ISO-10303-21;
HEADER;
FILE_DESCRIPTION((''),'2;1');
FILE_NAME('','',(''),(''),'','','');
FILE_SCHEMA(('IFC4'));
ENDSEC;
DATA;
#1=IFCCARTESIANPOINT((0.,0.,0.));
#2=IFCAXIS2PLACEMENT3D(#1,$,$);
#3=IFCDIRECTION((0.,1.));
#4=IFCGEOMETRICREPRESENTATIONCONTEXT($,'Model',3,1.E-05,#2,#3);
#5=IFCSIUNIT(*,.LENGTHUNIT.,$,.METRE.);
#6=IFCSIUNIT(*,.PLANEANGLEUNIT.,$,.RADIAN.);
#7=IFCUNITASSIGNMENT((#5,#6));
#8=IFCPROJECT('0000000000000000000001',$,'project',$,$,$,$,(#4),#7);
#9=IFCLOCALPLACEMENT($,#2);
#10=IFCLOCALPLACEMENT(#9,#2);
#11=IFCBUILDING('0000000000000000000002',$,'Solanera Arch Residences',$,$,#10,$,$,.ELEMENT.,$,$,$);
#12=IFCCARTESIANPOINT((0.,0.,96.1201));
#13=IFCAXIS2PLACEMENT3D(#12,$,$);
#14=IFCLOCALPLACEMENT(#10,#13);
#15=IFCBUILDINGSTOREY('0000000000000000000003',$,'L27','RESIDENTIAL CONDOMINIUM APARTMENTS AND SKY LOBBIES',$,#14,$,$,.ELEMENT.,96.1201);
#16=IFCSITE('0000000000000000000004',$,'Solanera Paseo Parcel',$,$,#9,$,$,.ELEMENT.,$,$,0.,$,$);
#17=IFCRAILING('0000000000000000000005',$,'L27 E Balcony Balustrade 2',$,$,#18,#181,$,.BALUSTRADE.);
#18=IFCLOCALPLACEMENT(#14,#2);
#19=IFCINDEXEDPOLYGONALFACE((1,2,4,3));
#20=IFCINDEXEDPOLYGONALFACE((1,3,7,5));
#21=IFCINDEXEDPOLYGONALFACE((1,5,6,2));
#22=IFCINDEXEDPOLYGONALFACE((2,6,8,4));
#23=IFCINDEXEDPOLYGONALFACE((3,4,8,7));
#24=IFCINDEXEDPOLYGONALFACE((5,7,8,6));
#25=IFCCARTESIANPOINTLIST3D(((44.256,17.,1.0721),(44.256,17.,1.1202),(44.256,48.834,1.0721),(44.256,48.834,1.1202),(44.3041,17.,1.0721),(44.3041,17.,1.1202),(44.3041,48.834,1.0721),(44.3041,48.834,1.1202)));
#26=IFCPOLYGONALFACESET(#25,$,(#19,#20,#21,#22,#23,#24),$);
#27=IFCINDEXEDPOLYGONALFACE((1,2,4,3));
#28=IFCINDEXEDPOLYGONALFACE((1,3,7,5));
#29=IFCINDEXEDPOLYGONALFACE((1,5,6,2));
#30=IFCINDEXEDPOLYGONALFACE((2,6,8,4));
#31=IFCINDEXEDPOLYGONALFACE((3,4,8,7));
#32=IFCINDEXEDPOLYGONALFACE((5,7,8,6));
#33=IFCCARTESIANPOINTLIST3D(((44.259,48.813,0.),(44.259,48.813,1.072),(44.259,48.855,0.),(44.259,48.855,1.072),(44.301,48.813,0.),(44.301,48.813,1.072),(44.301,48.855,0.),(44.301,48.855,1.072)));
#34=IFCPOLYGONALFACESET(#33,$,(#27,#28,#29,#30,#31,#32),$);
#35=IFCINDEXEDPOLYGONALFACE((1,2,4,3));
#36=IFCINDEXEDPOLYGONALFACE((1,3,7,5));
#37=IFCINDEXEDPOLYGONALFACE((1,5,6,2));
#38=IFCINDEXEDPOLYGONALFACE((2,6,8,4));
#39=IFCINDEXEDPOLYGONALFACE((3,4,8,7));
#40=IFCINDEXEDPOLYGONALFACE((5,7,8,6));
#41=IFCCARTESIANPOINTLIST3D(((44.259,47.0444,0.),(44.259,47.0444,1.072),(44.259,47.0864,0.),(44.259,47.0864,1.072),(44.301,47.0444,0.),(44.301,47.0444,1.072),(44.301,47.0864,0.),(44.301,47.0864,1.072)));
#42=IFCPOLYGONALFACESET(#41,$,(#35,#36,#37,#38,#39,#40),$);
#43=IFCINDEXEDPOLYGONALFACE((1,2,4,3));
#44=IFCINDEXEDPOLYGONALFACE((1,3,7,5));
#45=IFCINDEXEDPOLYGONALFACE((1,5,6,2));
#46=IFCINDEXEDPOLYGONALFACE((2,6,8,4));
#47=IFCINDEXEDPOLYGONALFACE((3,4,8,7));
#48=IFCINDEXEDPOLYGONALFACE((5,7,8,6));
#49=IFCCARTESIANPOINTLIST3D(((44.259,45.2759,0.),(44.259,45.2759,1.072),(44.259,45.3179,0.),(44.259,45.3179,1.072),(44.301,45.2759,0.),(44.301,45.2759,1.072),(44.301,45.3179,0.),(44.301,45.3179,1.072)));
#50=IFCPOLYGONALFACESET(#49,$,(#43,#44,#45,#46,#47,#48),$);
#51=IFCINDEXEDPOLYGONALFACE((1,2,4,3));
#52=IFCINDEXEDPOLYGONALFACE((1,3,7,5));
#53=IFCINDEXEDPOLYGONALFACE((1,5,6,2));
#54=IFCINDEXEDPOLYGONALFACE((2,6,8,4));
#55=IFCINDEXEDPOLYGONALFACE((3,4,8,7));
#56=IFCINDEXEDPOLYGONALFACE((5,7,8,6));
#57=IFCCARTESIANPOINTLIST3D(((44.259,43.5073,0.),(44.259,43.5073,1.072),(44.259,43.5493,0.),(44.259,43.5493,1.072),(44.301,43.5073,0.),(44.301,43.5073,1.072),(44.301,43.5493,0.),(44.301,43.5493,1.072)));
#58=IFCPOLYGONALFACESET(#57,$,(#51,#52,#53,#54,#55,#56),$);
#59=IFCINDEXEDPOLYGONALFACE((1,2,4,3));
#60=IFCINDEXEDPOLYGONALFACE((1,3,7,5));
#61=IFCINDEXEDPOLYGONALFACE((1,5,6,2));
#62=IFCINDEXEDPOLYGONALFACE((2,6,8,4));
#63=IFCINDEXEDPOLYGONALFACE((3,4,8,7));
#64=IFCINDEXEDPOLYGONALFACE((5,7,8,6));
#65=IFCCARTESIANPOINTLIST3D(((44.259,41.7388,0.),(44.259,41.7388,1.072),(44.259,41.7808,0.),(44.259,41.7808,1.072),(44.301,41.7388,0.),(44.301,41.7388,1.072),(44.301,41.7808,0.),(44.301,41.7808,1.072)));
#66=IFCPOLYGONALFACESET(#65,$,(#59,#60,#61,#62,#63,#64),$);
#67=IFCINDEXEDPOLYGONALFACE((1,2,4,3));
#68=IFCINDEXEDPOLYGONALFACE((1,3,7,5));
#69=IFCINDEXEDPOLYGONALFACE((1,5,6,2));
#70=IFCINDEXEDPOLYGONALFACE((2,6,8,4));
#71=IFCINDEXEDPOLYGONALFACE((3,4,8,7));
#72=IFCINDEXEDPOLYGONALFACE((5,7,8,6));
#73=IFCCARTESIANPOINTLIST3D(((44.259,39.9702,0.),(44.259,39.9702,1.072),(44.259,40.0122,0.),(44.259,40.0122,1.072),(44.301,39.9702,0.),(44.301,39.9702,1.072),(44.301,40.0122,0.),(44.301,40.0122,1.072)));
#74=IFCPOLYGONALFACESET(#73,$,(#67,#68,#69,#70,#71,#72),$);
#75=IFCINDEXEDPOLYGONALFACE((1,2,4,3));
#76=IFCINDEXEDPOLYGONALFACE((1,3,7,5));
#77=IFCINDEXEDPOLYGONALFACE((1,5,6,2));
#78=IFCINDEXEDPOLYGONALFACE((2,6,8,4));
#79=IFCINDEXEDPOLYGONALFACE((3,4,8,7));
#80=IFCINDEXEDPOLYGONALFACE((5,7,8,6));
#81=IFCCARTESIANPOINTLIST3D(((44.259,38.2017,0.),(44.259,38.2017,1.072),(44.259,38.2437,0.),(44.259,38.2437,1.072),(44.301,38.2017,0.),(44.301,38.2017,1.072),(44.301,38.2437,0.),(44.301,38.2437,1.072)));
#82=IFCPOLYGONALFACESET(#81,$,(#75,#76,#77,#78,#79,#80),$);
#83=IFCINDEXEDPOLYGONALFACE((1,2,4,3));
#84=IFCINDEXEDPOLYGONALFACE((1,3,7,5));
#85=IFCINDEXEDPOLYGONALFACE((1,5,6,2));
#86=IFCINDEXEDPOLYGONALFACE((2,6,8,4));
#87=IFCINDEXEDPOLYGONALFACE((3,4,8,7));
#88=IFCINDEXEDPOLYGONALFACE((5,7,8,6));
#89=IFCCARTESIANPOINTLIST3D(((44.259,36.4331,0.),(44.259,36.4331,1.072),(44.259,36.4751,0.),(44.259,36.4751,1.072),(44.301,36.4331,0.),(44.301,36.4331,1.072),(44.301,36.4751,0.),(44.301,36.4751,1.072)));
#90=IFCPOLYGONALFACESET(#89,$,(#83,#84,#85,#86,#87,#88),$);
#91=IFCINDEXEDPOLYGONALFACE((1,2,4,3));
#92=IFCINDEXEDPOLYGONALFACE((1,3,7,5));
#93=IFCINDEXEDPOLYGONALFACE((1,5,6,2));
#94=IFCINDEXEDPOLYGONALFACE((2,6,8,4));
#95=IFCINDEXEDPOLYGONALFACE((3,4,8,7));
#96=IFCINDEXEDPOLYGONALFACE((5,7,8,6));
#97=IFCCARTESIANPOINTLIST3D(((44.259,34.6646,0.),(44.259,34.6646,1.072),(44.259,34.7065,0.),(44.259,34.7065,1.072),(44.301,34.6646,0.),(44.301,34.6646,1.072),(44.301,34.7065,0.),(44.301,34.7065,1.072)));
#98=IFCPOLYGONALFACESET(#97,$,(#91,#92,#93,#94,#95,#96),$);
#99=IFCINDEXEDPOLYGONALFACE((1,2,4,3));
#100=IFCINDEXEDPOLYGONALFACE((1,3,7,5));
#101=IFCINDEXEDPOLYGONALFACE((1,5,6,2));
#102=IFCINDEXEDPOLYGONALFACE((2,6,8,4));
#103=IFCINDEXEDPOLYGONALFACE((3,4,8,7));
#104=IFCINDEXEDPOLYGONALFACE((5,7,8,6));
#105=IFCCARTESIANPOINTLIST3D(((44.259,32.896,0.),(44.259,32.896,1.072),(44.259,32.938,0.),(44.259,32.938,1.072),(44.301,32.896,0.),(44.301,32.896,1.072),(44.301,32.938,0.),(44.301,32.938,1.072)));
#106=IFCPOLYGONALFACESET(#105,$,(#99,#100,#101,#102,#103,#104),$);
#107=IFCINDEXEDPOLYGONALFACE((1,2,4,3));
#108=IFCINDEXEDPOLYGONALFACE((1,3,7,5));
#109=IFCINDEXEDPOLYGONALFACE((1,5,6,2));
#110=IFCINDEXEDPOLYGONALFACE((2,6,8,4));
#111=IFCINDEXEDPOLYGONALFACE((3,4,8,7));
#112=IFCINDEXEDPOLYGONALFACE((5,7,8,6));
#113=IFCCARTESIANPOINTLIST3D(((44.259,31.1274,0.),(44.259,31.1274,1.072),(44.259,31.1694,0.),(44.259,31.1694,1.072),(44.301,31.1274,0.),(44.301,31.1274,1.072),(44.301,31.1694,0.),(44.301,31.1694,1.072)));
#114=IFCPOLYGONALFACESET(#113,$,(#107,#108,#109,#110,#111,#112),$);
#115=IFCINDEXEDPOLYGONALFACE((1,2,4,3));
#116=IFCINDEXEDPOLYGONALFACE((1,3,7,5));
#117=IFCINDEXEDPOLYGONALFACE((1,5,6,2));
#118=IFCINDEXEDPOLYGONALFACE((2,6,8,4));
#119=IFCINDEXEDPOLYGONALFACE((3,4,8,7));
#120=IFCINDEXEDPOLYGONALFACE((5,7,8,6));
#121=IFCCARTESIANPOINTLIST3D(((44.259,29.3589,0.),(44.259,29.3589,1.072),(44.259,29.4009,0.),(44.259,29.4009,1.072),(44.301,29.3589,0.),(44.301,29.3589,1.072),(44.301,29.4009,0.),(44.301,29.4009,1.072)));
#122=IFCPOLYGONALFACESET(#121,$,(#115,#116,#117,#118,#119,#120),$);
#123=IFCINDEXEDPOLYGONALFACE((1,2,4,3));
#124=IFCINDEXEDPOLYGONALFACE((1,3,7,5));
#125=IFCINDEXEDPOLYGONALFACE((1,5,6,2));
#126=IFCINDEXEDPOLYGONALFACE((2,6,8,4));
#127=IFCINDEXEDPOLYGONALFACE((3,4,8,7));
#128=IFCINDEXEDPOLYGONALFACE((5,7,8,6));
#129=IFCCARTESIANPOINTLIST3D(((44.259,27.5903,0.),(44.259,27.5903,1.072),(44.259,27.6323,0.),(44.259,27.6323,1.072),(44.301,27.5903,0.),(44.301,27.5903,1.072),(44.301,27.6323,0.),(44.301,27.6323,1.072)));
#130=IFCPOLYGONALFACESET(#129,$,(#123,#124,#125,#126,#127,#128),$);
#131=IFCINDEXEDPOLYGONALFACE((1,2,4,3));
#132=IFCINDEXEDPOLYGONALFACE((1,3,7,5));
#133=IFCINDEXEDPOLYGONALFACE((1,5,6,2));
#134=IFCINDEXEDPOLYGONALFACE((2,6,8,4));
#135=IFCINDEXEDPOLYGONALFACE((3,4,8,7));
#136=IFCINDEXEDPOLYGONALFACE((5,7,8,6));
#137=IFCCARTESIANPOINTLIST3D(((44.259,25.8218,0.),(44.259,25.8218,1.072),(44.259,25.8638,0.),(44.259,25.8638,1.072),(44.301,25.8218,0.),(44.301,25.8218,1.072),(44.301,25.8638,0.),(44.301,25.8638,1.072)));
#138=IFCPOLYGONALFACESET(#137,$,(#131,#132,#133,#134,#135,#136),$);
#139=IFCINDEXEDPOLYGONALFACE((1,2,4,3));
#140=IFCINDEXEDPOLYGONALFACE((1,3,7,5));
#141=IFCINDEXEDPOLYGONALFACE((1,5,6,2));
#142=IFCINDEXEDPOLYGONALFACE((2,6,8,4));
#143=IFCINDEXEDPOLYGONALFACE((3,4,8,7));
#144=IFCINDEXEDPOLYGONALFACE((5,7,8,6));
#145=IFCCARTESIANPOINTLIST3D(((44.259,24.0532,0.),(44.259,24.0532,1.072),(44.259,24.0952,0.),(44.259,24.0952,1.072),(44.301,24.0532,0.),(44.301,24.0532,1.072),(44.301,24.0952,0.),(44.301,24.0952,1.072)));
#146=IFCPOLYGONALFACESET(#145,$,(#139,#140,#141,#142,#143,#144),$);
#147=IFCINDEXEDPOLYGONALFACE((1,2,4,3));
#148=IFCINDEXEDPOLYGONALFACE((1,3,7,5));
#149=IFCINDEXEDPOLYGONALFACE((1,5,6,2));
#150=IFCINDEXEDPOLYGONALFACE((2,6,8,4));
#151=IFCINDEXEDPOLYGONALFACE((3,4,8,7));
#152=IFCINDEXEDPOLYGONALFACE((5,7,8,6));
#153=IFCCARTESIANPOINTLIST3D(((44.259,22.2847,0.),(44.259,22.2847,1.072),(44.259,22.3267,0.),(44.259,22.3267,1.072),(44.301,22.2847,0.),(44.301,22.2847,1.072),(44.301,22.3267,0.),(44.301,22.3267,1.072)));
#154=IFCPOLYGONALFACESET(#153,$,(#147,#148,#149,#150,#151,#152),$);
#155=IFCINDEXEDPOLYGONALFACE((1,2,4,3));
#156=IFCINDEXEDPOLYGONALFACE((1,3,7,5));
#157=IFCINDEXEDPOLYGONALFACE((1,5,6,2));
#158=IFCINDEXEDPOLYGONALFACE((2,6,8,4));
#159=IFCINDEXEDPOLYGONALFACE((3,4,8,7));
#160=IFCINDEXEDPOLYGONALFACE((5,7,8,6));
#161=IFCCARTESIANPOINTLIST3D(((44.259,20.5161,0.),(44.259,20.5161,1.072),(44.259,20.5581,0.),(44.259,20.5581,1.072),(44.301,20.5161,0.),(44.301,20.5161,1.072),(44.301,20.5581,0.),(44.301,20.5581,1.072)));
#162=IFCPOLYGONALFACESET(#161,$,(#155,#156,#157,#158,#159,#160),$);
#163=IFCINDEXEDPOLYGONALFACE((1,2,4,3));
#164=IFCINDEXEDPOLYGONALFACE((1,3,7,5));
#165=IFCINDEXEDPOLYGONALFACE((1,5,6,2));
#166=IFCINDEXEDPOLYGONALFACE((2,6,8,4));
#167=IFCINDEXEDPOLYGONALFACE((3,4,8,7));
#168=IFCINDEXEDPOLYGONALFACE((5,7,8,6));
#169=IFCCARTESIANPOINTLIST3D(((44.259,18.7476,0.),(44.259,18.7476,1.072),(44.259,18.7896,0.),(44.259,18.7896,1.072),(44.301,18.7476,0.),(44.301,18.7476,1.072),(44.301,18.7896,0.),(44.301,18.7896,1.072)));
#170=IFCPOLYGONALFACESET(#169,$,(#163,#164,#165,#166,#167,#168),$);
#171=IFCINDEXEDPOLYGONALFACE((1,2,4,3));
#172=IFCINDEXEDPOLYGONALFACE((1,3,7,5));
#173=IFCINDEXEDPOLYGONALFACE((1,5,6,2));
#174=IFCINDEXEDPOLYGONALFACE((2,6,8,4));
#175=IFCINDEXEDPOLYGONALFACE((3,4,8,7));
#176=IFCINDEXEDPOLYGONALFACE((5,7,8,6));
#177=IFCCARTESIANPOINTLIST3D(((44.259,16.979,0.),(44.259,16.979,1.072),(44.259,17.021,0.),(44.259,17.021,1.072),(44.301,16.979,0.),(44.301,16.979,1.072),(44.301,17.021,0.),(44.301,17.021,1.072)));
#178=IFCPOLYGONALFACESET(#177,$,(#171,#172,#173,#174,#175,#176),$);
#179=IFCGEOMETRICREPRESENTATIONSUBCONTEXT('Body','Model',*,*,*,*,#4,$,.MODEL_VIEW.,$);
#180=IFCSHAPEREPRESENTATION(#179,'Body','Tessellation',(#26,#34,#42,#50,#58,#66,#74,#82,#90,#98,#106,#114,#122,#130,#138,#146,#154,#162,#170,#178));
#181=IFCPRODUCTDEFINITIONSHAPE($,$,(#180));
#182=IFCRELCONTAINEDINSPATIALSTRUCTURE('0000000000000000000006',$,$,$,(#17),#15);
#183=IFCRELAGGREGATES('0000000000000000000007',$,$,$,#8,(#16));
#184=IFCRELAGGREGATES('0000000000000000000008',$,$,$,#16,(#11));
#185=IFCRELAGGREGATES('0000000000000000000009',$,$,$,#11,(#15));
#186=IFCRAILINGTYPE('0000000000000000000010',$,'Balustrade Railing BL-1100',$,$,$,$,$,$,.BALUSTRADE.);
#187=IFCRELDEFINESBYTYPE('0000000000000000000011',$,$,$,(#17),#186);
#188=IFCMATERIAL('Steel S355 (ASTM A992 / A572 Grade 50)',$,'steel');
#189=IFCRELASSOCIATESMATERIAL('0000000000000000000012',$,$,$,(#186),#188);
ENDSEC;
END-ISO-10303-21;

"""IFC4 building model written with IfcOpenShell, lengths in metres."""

from ifc_helpers import new_model, si_unit, direction, frame, origin, origin_2d, place, context, subcontext, project, spatial, rectangle, extrude, material, type_object, element, save


model = new_model("IFC4")

# Units and contexts
model_context = context("Model", 3, precision=1e-05, world=origin(), true_north=direction((0.0, 1.0)))
body_context = subcontext(model_context, "Body", "Model", "MODEL_VIEW")
ifc_project = project(units=[si_unit("LENGTHUNIT", "METRE"), si_unit("PLANEANGLEUNIT", "RADIAN")], contexts=[model_context])

# Site, building, storey
site_placement = place(None, origin())
site = spatial("IfcSite", under=ifc_project, at=site_placement, Name="Solanera Paseo Parcel", CompositionType="ELEMENT", RefElevation=0.0)
building_placement = place(site_placement, origin())
building = spatial("IfcBuilding", under=site, at=building_placement, Name="Solanera Arch Residences", CompositionType="ELEMENT")
storey_placement = place(building_placement, frame((0.0, 0.0, 96.1201)))
storey = spatial("IfcBuildingStorey", under=building, at=storey_placement, Name="L27", Description="RESIDENTIAL CONDOMINIUM APARTMENTS AND SKY LOBBIES", CompositionType="ELEMENT", Elevation=96.1201)

# Railing
ifc_material_1 = material(Name="Steel S355 (ASTM A992 / A572 Grade 50)", Category="steel")
railing_type = type_object("IfcRailingType", Name="Balustrade Railing BL-1100", PredefinedType="BALUSTRADE", material=ifc_material_1)
railing_1_placement = place(storey_placement, frame((44.28, 48.834, 0.0)))
element("IfcRailing", 1, at=railing_1_placement, inside=storey, type_object=railing_type, Name="L27 E Balcony Balustrade 2", PredefinedType="BALUSTRADE", context=body_context, shape_type="SweptSolid", body=[
    extrude(rectangle(XDim=0.0481, YDim=0.0481, at=origin_2d()), frame((0.0, 0.0, 1.0962), z_axis=(0.0, -1.0, 0.0), x_axis=(1.0, 0.0, 0.0)), (0.0, 0.0, 1.0), 31.834),
    extrude(rectangle(XDim=0.042, YDim=0.042, at=origin_2d()), origin(), (0.0, 0.0, 1.0), 1.072),
    extrude(rectangle(XDim=0.042, YDim=0.042, at=origin_2d()), frame((0.0, -1.7686, 0.0)), (0.0, 0.0, 1.0), 1.072),
    extrude(rectangle(XDim=0.042, YDim=0.042, at=origin_2d()), frame((0.0, -3.5371, 0.0)), (0.0, 0.0, 1.0), 1.072),
    extrude(rectangle(XDim=0.042, YDim=0.042, at=origin_2d()), frame((0.0, -5.3057, 0.0)), (0.0, 0.0, 1.0), 1.072),
    extrude(rectangle(XDim=0.042, YDim=0.042, at=origin_2d()), frame((0.0, -7.0742, 0.0)), (0.0, 0.0, 1.0), 1.072),
    extrude(rectangle(XDim=0.042, YDim=0.042, at=origin_2d()), frame((0.0, -8.8428, 0.0)), (0.0, 0.0, 1.0), 1.072),
    extrude(rectangle(XDim=0.042, YDim=0.042, at=origin_2d()), frame((0.0, -10.6113, 0.0)), (0.0, 0.0, 1.0), 1.072),
    extrude(rectangle(XDim=0.042, YDim=0.042, at=origin_2d()), frame((0.0, -12.3799, 0.0)), (0.0, 0.0, 1.0), 1.072),
    extrude(rectangle(XDim=0.042, YDim=0.042, at=origin_2d()), frame((0.0, -14.1484, 0.0)), (0.0, 0.0, 1.0), 1.072),
    extrude(rectangle(XDim=0.042, YDim=0.042, at=origin_2d()), frame((0.0, -15.917, 0.0)), (0.0, 0.0, 1.0), 1.072),
    extrude(rectangle(XDim=0.042, YDim=0.042, at=origin_2d()), frame((0.0, -17.6855, 0.0)), (0.0, 0.0, 1.0), 1.072),
    extrude(rectangle(XDim=0.042, YDim=0.042, at=origin_2d()), frame((0.0, -19.4541, 0.0)), (0.0, 0.0, 1.0), 1.072),
    extrude(rectangle(XDim=0.042, YDim=0.042, at=origin_2d()), frame((0.0, -21.2227, 0.0)), (0.0, 0.0, 1.0), 1.072),
    extrude(rectangle(XDim=0.042, YDim=0.042, at=origin_2d()), frame((0.0, -22.9912, 0.0)), (0.0, 0.0, 1.0), 1.072),
    extrude(rectangle(XDim=0.042, YDim=0.042, at=origin_2d()), frame((0.0, -24.7598, 0.0)), (0.0, 0.0, 1.0), 1.072),
    extrude(rectangle(XDim=0.042, YDim=0.042, at=origin_2d()), frame((0.0, -26.5283, 0.0)), (0.0, 0.0, 1.0), 1.072),
    extrude(rectangle(XDim=0.042, YDim=0.042, at=origin_2d()), frame((0.0, -28.2969, 0.0)), (0.0, 0.0, 1.0), 1.072),
    extrude(rectangle(XDim=0.042, YDim=0.042, at=origin_2d()), frame((0.0, -30.0654, 0.0)), (0.0, 0.0, 1.0), 1.072),
    extrude(rectangle(XDim=0.042, YDim=0.042, at=origin_2d()), frame((0.0, -31.834, 0.0)), (0.0, 0.0, 1.0), 1.072),
])

save(model, "model.ifc")
